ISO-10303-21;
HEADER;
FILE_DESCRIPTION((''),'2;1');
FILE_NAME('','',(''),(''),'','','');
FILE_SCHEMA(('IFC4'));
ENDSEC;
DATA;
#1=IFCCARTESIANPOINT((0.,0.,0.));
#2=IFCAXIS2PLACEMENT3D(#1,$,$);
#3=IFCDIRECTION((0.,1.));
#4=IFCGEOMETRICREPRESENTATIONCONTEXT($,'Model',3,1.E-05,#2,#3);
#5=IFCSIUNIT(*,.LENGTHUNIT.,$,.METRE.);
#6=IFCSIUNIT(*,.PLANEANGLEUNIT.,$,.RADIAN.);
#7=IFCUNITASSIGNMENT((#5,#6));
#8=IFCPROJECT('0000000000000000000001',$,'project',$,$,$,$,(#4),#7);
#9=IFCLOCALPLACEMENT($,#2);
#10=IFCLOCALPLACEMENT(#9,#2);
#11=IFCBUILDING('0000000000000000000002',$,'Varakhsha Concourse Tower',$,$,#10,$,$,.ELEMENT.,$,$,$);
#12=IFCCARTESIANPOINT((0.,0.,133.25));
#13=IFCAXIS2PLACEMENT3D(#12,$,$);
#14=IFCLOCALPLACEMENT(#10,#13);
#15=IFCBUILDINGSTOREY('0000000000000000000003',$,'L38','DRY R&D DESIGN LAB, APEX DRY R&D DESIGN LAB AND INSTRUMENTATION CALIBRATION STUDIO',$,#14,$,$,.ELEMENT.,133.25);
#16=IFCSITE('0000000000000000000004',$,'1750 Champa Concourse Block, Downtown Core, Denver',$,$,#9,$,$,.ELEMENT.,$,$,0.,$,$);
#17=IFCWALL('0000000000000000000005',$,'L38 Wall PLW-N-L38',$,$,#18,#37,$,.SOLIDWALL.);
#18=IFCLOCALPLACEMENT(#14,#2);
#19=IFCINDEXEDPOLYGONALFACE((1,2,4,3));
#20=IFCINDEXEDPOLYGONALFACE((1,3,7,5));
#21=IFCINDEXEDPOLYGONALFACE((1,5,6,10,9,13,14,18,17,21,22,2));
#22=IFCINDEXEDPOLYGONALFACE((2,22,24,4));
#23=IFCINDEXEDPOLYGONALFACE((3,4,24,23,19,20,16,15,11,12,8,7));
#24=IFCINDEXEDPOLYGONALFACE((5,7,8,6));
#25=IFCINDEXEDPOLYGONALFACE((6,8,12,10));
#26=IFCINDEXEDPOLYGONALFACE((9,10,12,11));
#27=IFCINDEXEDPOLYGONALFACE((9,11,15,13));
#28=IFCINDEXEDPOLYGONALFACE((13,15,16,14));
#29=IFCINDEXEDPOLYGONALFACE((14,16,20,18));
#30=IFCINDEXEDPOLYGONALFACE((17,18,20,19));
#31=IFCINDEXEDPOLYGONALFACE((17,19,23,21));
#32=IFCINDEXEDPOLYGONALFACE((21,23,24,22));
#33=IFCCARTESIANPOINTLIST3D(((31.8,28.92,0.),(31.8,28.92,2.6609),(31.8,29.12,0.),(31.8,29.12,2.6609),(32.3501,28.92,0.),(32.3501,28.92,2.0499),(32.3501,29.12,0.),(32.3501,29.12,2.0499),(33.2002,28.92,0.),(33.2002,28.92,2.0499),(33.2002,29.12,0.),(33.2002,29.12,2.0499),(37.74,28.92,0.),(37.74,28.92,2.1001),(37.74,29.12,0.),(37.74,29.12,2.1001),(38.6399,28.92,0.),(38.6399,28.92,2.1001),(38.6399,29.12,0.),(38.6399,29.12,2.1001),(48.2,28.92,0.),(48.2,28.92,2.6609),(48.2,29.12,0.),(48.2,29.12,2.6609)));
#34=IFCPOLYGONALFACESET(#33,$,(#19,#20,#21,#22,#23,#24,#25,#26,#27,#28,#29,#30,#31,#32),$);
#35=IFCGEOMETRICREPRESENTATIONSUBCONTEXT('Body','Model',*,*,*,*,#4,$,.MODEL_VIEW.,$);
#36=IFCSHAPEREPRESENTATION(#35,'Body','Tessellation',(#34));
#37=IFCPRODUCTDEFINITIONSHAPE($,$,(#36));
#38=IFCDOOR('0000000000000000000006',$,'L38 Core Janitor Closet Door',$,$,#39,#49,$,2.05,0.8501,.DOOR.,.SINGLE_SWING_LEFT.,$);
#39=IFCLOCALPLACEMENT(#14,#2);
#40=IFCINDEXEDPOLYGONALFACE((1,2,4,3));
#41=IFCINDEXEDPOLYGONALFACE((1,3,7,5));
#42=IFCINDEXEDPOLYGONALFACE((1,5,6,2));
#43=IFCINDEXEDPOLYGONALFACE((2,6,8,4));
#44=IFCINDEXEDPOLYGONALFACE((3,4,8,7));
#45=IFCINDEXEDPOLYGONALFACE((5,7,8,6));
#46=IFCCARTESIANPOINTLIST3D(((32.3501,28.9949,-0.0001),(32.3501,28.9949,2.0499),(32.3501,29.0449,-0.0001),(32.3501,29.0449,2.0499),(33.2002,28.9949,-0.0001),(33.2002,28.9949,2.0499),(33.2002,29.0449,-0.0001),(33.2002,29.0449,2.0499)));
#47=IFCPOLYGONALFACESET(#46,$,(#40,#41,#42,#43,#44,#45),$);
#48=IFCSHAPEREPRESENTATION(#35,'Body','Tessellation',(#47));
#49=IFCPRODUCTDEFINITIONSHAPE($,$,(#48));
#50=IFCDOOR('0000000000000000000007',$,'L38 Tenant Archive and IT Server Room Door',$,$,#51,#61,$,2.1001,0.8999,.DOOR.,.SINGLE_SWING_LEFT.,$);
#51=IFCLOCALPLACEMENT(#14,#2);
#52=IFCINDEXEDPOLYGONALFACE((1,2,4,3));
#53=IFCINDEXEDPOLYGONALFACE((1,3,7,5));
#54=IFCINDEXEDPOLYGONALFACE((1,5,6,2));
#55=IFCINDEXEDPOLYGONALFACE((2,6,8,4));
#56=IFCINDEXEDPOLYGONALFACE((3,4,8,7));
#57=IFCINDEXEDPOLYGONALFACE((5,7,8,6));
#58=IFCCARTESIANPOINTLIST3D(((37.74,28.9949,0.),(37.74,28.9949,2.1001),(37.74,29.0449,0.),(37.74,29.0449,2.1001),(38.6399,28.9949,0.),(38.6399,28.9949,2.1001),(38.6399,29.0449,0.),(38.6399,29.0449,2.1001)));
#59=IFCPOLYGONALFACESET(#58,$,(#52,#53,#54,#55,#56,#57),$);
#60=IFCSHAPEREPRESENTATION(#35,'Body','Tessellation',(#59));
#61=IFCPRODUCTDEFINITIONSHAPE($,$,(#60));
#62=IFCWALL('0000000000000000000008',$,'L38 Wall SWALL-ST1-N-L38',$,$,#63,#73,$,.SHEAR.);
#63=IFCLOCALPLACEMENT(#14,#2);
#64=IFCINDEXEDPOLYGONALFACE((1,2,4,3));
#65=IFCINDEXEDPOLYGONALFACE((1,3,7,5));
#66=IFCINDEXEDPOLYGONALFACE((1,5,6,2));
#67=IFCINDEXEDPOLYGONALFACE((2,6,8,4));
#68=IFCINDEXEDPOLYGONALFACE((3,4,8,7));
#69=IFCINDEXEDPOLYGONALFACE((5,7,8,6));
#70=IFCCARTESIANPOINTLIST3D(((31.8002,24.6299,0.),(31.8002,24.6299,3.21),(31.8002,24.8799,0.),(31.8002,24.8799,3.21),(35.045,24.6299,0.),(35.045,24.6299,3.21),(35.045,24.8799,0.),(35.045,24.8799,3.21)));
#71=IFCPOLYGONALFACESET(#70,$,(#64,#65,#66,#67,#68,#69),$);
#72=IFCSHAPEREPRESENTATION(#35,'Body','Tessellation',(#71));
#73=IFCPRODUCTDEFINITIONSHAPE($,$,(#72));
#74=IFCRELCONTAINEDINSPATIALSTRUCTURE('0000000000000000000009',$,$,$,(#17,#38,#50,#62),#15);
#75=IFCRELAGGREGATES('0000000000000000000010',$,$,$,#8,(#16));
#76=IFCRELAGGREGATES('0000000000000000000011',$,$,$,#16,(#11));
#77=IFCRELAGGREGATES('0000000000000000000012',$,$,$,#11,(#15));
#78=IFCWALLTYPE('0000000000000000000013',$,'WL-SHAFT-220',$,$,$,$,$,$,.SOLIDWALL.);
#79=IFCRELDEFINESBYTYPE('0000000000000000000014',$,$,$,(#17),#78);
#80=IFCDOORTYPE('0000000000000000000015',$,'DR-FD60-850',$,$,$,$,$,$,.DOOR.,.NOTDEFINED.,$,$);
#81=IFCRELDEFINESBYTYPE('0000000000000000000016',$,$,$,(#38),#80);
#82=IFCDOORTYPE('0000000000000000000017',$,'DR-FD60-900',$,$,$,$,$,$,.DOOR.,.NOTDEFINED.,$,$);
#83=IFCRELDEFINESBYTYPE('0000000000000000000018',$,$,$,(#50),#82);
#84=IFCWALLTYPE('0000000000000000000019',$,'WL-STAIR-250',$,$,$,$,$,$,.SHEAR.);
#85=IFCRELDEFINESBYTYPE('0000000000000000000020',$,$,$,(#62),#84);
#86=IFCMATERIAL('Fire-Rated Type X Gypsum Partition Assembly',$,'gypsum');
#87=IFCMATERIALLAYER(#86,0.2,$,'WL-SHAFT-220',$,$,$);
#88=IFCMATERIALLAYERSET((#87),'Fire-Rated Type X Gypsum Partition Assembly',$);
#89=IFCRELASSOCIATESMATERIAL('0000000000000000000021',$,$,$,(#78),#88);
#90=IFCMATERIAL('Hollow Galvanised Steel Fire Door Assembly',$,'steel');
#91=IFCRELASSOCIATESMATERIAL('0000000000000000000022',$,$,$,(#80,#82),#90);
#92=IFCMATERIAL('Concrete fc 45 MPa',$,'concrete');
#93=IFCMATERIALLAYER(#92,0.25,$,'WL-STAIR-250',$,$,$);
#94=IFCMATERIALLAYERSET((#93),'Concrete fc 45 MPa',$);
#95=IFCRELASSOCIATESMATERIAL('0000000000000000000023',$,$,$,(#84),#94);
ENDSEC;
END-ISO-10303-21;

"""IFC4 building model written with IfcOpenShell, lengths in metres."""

from ifc_helpers import new_model, si_unit, direction, frame, frame_2d, origin, place, context, subcontext, project, spatial, rectangle, extrude, material, layer, layer_set, type_object, element, fill, save


model = new_model("IFC4")

# Units and contexts
model_context = context("Model", 3, precision=1e-05, world=origin(), true_north=direction((0.0, 1.0)))
body_context = subcontext(model_context, "Body", "Model", "MODEL_VIEW")
ifc_project = project(units=[si_unit("LENGTHUNIT", "METRE"), si_unit("PLANEANGLEUNIT", "RADIAN")], contexts=[model_context])

# Site, building, storey
site_placement = place(None, origin())
site = spatial("IfcSite", under=ifc_project, at=site_placement, Name="1750 Champa Concourse Block, Downtown Core, Denver", CompositionType="ELEMENT", RefElevation=0.0)
building_placement = place(site_placement, origin())
building = spatial("IfcBuilding", under=site, at=building_placement, Name="Varakhsha Concourse Tower", CompositionType="ELEMENT")
storey_placement = place(building_placement, frame((0.0, 0.0, 133.25)))
storey = spatial("IfcBuildingStorey", under=building, at=storey_placement, Name="L38", Description="DRY R&D DESIGN LAB, APEX DRY R&D DESIGN LAB AND INSTRUMENTATION CALIBRATION STUDIO", CompositionType="ELEMENT", Elevation=133.25)

# Shared definitions
ifc_material_1 = material(Name="Fire-Rated Type X Gypsum Partition Assembly", Category="gypsum")
ifc_material_2 = material(Name="Hollow Galvanised Steel Fire Door Assembly", Category="steel")

# Wall, openings, doors
ifc_layer_1 = layer(ifc_material_1, 0.2, Name="WL-SHAFT-220")
ifc_layer_set_1 = layer_set([ifc_layer_1], Name="Fire-Rated Type X Gypsum Partition Assembly")
wall_type_1 = type_object("IfcWallType", Name="WL-SHAFT-220", PredefinedType="SOLIDWALL", material=ifc_layer_set_1)
wall_1_placement = place(storey_placement, frame((31.8, 29.02, 0.0), z_axis=(0.0, 0.0, 1.0), x_axis=(1.0, 0.0, 0.0)))
wall_1 = element("IfcWall", 1, at=wall_1_placement, inside=storey, type_object=wall_type_1, Name="L38 Wall PLW-N-L38", PredefinedType="SOLIDWALL", context=body_context, shape_type="SweptSolid", body=[
    extrude(rectangle(XDim=16.3999, YDim=0.2, at=frame_2d((8.2, 0.0))), origin(), (0.0, 0.0, 1.0), 2.6609),
])
opening_1_placement = place(wall_1_placement, frame((0.55, 0.0, 0.0)))
opening_1 = element("IfcOpeningElement", 2, at=opening_1_placement, cuts=wall_1, PredefinedType="OPENING", context=body_context, shape_type="SweptSolid", body=[
    extrude(rectangle(XDim=0.8501, YDim=2.05, at=frame_2d((0.425, 1.0249))), frame((0.0, 0.1099, 0.0), z_axis=(0.0, -1.0, 0.0), x_axis=(1.0, 0.0, 0.0)), (0.0, 0.0, 1.0), 0.22),
])
opening_2_placement = place(wall_1_placement, frame((5.9399, 0.0, 0.0)))
opening_2 = element("IfcOpeningElement", 3, at=opening_2_placement, cuts=wall_1, PredefinedType="OPENING", context=body_context, shape_type="SweptSolid", body=[
    extrude(rectangle(XDim=0.8999, YDim=2.1001, at=frame_2d((0.45, 1.05))), frame((0.0, 0.1099, 0.0), z_axis=(0.0, -1.0, 0.0), x_axis=(1.0, 0.0, 0.0)), (0.0, 0.0, 1.0), 0.22),
])
door_type_1 = type_object("IfcDoorType", Name="DR-FD60-850", OperationType="NOTDEFINED", PredefinedType="DOOR", material=ifc_material_2)
door_1_placement = place(opening_1_placement, origin())
door_1 = element("IfcDoor", 4, at=door_1_placement, inside=storey, type_object=door_type_1, Name="L38 Core Janitor Closet Door", OperationType="SINGLE_SWING_LEFT", OverallHeight=2.05, OverallWidth=0.8501, PredefinedType="DOOR", context=body_context, shape_type="SweptSolid", body=[
    extrude(rectangle(XDim=0.8501, YDim=2.05, at=frame_2d((0.425, 1.0249))), frame((0.0, 0.0249, 0.0), z_axis=(0.0, -1.0, 0.0), x_axis=(1.0, 0.0, 0.0)), (0.0, 0.0, 1.0), 0.05),
])
fill(opening_1, door_1)
door_type_2 = type_object("IfcDoorType", Name="DR-FD60-900", OperationType="NOTDEFINED", PredefinedType="DOOR", material=ifc_material_2)
door_2_placement = place(opening_2_placement, origin())
door_2 = element("IfcDoor", 5, at=door_2_placement, inside=storey, type_object=door_type_2, Name="L38 Tenant Archive and IT Server Room Door", OperationType="SINGLE_SWING_LEFT", OverallHeight=2.1001, OverallWidth=0.8999, PredefinedType="DOOR", context=body_context, shape_type="SweptSolid", body=[
    extrude(rectangle(XDim=0.8999, YDim=2.1001, at=frame_2d((0.45, 1.05))), frame((0.0, 0.0249, 0.0), z_axis=(0.0, -1.0, 0.0), x_axis=(1.0, 0.0, 0.0)), (0.0, 0.0, 1.0), 0.05),
])
fill(opening_2, door_2)

# Wall
ifc_material_3 = material(Name="Concrete fc 45 MPa", Category="concrete")
ifc_layer_2 = layer(ifc_material_3, 0.25, Name="WL-STAIR-250")
ifc_layer_set_2 = layer_set([ifc_layer_2], Name="Concrete fc 45 MPa")
wall_type_2 = type_object("IfcWallType", Name="WL-STAIR-250", PredefinedType="SHEAR", material=ifc_layer_set_2)
wall_2_placement = place(storey_placement, frame((31.8, 24.7549, 0.0), z_axis=(0.0, 0.0, 1.0), x_axis=(1.0, 0.0, 0.0)))
element("IfcWall", 6, at=wall_2_placement, inside=storey, type_object=wall_type_2, Name="L38 Wall SWALL-ST1-N-L38", PredefinedType="SHEAR", context=body_context, shape_type="SweptSolid", body=[
    extrude(rectangle(XDim=3.2449, YDim=0.25, at=frame_2d((1.6226, 0.0))), origin(), (0.0, 0.0, 1.0), 3.21),
])

save(model, "model.ifc")
